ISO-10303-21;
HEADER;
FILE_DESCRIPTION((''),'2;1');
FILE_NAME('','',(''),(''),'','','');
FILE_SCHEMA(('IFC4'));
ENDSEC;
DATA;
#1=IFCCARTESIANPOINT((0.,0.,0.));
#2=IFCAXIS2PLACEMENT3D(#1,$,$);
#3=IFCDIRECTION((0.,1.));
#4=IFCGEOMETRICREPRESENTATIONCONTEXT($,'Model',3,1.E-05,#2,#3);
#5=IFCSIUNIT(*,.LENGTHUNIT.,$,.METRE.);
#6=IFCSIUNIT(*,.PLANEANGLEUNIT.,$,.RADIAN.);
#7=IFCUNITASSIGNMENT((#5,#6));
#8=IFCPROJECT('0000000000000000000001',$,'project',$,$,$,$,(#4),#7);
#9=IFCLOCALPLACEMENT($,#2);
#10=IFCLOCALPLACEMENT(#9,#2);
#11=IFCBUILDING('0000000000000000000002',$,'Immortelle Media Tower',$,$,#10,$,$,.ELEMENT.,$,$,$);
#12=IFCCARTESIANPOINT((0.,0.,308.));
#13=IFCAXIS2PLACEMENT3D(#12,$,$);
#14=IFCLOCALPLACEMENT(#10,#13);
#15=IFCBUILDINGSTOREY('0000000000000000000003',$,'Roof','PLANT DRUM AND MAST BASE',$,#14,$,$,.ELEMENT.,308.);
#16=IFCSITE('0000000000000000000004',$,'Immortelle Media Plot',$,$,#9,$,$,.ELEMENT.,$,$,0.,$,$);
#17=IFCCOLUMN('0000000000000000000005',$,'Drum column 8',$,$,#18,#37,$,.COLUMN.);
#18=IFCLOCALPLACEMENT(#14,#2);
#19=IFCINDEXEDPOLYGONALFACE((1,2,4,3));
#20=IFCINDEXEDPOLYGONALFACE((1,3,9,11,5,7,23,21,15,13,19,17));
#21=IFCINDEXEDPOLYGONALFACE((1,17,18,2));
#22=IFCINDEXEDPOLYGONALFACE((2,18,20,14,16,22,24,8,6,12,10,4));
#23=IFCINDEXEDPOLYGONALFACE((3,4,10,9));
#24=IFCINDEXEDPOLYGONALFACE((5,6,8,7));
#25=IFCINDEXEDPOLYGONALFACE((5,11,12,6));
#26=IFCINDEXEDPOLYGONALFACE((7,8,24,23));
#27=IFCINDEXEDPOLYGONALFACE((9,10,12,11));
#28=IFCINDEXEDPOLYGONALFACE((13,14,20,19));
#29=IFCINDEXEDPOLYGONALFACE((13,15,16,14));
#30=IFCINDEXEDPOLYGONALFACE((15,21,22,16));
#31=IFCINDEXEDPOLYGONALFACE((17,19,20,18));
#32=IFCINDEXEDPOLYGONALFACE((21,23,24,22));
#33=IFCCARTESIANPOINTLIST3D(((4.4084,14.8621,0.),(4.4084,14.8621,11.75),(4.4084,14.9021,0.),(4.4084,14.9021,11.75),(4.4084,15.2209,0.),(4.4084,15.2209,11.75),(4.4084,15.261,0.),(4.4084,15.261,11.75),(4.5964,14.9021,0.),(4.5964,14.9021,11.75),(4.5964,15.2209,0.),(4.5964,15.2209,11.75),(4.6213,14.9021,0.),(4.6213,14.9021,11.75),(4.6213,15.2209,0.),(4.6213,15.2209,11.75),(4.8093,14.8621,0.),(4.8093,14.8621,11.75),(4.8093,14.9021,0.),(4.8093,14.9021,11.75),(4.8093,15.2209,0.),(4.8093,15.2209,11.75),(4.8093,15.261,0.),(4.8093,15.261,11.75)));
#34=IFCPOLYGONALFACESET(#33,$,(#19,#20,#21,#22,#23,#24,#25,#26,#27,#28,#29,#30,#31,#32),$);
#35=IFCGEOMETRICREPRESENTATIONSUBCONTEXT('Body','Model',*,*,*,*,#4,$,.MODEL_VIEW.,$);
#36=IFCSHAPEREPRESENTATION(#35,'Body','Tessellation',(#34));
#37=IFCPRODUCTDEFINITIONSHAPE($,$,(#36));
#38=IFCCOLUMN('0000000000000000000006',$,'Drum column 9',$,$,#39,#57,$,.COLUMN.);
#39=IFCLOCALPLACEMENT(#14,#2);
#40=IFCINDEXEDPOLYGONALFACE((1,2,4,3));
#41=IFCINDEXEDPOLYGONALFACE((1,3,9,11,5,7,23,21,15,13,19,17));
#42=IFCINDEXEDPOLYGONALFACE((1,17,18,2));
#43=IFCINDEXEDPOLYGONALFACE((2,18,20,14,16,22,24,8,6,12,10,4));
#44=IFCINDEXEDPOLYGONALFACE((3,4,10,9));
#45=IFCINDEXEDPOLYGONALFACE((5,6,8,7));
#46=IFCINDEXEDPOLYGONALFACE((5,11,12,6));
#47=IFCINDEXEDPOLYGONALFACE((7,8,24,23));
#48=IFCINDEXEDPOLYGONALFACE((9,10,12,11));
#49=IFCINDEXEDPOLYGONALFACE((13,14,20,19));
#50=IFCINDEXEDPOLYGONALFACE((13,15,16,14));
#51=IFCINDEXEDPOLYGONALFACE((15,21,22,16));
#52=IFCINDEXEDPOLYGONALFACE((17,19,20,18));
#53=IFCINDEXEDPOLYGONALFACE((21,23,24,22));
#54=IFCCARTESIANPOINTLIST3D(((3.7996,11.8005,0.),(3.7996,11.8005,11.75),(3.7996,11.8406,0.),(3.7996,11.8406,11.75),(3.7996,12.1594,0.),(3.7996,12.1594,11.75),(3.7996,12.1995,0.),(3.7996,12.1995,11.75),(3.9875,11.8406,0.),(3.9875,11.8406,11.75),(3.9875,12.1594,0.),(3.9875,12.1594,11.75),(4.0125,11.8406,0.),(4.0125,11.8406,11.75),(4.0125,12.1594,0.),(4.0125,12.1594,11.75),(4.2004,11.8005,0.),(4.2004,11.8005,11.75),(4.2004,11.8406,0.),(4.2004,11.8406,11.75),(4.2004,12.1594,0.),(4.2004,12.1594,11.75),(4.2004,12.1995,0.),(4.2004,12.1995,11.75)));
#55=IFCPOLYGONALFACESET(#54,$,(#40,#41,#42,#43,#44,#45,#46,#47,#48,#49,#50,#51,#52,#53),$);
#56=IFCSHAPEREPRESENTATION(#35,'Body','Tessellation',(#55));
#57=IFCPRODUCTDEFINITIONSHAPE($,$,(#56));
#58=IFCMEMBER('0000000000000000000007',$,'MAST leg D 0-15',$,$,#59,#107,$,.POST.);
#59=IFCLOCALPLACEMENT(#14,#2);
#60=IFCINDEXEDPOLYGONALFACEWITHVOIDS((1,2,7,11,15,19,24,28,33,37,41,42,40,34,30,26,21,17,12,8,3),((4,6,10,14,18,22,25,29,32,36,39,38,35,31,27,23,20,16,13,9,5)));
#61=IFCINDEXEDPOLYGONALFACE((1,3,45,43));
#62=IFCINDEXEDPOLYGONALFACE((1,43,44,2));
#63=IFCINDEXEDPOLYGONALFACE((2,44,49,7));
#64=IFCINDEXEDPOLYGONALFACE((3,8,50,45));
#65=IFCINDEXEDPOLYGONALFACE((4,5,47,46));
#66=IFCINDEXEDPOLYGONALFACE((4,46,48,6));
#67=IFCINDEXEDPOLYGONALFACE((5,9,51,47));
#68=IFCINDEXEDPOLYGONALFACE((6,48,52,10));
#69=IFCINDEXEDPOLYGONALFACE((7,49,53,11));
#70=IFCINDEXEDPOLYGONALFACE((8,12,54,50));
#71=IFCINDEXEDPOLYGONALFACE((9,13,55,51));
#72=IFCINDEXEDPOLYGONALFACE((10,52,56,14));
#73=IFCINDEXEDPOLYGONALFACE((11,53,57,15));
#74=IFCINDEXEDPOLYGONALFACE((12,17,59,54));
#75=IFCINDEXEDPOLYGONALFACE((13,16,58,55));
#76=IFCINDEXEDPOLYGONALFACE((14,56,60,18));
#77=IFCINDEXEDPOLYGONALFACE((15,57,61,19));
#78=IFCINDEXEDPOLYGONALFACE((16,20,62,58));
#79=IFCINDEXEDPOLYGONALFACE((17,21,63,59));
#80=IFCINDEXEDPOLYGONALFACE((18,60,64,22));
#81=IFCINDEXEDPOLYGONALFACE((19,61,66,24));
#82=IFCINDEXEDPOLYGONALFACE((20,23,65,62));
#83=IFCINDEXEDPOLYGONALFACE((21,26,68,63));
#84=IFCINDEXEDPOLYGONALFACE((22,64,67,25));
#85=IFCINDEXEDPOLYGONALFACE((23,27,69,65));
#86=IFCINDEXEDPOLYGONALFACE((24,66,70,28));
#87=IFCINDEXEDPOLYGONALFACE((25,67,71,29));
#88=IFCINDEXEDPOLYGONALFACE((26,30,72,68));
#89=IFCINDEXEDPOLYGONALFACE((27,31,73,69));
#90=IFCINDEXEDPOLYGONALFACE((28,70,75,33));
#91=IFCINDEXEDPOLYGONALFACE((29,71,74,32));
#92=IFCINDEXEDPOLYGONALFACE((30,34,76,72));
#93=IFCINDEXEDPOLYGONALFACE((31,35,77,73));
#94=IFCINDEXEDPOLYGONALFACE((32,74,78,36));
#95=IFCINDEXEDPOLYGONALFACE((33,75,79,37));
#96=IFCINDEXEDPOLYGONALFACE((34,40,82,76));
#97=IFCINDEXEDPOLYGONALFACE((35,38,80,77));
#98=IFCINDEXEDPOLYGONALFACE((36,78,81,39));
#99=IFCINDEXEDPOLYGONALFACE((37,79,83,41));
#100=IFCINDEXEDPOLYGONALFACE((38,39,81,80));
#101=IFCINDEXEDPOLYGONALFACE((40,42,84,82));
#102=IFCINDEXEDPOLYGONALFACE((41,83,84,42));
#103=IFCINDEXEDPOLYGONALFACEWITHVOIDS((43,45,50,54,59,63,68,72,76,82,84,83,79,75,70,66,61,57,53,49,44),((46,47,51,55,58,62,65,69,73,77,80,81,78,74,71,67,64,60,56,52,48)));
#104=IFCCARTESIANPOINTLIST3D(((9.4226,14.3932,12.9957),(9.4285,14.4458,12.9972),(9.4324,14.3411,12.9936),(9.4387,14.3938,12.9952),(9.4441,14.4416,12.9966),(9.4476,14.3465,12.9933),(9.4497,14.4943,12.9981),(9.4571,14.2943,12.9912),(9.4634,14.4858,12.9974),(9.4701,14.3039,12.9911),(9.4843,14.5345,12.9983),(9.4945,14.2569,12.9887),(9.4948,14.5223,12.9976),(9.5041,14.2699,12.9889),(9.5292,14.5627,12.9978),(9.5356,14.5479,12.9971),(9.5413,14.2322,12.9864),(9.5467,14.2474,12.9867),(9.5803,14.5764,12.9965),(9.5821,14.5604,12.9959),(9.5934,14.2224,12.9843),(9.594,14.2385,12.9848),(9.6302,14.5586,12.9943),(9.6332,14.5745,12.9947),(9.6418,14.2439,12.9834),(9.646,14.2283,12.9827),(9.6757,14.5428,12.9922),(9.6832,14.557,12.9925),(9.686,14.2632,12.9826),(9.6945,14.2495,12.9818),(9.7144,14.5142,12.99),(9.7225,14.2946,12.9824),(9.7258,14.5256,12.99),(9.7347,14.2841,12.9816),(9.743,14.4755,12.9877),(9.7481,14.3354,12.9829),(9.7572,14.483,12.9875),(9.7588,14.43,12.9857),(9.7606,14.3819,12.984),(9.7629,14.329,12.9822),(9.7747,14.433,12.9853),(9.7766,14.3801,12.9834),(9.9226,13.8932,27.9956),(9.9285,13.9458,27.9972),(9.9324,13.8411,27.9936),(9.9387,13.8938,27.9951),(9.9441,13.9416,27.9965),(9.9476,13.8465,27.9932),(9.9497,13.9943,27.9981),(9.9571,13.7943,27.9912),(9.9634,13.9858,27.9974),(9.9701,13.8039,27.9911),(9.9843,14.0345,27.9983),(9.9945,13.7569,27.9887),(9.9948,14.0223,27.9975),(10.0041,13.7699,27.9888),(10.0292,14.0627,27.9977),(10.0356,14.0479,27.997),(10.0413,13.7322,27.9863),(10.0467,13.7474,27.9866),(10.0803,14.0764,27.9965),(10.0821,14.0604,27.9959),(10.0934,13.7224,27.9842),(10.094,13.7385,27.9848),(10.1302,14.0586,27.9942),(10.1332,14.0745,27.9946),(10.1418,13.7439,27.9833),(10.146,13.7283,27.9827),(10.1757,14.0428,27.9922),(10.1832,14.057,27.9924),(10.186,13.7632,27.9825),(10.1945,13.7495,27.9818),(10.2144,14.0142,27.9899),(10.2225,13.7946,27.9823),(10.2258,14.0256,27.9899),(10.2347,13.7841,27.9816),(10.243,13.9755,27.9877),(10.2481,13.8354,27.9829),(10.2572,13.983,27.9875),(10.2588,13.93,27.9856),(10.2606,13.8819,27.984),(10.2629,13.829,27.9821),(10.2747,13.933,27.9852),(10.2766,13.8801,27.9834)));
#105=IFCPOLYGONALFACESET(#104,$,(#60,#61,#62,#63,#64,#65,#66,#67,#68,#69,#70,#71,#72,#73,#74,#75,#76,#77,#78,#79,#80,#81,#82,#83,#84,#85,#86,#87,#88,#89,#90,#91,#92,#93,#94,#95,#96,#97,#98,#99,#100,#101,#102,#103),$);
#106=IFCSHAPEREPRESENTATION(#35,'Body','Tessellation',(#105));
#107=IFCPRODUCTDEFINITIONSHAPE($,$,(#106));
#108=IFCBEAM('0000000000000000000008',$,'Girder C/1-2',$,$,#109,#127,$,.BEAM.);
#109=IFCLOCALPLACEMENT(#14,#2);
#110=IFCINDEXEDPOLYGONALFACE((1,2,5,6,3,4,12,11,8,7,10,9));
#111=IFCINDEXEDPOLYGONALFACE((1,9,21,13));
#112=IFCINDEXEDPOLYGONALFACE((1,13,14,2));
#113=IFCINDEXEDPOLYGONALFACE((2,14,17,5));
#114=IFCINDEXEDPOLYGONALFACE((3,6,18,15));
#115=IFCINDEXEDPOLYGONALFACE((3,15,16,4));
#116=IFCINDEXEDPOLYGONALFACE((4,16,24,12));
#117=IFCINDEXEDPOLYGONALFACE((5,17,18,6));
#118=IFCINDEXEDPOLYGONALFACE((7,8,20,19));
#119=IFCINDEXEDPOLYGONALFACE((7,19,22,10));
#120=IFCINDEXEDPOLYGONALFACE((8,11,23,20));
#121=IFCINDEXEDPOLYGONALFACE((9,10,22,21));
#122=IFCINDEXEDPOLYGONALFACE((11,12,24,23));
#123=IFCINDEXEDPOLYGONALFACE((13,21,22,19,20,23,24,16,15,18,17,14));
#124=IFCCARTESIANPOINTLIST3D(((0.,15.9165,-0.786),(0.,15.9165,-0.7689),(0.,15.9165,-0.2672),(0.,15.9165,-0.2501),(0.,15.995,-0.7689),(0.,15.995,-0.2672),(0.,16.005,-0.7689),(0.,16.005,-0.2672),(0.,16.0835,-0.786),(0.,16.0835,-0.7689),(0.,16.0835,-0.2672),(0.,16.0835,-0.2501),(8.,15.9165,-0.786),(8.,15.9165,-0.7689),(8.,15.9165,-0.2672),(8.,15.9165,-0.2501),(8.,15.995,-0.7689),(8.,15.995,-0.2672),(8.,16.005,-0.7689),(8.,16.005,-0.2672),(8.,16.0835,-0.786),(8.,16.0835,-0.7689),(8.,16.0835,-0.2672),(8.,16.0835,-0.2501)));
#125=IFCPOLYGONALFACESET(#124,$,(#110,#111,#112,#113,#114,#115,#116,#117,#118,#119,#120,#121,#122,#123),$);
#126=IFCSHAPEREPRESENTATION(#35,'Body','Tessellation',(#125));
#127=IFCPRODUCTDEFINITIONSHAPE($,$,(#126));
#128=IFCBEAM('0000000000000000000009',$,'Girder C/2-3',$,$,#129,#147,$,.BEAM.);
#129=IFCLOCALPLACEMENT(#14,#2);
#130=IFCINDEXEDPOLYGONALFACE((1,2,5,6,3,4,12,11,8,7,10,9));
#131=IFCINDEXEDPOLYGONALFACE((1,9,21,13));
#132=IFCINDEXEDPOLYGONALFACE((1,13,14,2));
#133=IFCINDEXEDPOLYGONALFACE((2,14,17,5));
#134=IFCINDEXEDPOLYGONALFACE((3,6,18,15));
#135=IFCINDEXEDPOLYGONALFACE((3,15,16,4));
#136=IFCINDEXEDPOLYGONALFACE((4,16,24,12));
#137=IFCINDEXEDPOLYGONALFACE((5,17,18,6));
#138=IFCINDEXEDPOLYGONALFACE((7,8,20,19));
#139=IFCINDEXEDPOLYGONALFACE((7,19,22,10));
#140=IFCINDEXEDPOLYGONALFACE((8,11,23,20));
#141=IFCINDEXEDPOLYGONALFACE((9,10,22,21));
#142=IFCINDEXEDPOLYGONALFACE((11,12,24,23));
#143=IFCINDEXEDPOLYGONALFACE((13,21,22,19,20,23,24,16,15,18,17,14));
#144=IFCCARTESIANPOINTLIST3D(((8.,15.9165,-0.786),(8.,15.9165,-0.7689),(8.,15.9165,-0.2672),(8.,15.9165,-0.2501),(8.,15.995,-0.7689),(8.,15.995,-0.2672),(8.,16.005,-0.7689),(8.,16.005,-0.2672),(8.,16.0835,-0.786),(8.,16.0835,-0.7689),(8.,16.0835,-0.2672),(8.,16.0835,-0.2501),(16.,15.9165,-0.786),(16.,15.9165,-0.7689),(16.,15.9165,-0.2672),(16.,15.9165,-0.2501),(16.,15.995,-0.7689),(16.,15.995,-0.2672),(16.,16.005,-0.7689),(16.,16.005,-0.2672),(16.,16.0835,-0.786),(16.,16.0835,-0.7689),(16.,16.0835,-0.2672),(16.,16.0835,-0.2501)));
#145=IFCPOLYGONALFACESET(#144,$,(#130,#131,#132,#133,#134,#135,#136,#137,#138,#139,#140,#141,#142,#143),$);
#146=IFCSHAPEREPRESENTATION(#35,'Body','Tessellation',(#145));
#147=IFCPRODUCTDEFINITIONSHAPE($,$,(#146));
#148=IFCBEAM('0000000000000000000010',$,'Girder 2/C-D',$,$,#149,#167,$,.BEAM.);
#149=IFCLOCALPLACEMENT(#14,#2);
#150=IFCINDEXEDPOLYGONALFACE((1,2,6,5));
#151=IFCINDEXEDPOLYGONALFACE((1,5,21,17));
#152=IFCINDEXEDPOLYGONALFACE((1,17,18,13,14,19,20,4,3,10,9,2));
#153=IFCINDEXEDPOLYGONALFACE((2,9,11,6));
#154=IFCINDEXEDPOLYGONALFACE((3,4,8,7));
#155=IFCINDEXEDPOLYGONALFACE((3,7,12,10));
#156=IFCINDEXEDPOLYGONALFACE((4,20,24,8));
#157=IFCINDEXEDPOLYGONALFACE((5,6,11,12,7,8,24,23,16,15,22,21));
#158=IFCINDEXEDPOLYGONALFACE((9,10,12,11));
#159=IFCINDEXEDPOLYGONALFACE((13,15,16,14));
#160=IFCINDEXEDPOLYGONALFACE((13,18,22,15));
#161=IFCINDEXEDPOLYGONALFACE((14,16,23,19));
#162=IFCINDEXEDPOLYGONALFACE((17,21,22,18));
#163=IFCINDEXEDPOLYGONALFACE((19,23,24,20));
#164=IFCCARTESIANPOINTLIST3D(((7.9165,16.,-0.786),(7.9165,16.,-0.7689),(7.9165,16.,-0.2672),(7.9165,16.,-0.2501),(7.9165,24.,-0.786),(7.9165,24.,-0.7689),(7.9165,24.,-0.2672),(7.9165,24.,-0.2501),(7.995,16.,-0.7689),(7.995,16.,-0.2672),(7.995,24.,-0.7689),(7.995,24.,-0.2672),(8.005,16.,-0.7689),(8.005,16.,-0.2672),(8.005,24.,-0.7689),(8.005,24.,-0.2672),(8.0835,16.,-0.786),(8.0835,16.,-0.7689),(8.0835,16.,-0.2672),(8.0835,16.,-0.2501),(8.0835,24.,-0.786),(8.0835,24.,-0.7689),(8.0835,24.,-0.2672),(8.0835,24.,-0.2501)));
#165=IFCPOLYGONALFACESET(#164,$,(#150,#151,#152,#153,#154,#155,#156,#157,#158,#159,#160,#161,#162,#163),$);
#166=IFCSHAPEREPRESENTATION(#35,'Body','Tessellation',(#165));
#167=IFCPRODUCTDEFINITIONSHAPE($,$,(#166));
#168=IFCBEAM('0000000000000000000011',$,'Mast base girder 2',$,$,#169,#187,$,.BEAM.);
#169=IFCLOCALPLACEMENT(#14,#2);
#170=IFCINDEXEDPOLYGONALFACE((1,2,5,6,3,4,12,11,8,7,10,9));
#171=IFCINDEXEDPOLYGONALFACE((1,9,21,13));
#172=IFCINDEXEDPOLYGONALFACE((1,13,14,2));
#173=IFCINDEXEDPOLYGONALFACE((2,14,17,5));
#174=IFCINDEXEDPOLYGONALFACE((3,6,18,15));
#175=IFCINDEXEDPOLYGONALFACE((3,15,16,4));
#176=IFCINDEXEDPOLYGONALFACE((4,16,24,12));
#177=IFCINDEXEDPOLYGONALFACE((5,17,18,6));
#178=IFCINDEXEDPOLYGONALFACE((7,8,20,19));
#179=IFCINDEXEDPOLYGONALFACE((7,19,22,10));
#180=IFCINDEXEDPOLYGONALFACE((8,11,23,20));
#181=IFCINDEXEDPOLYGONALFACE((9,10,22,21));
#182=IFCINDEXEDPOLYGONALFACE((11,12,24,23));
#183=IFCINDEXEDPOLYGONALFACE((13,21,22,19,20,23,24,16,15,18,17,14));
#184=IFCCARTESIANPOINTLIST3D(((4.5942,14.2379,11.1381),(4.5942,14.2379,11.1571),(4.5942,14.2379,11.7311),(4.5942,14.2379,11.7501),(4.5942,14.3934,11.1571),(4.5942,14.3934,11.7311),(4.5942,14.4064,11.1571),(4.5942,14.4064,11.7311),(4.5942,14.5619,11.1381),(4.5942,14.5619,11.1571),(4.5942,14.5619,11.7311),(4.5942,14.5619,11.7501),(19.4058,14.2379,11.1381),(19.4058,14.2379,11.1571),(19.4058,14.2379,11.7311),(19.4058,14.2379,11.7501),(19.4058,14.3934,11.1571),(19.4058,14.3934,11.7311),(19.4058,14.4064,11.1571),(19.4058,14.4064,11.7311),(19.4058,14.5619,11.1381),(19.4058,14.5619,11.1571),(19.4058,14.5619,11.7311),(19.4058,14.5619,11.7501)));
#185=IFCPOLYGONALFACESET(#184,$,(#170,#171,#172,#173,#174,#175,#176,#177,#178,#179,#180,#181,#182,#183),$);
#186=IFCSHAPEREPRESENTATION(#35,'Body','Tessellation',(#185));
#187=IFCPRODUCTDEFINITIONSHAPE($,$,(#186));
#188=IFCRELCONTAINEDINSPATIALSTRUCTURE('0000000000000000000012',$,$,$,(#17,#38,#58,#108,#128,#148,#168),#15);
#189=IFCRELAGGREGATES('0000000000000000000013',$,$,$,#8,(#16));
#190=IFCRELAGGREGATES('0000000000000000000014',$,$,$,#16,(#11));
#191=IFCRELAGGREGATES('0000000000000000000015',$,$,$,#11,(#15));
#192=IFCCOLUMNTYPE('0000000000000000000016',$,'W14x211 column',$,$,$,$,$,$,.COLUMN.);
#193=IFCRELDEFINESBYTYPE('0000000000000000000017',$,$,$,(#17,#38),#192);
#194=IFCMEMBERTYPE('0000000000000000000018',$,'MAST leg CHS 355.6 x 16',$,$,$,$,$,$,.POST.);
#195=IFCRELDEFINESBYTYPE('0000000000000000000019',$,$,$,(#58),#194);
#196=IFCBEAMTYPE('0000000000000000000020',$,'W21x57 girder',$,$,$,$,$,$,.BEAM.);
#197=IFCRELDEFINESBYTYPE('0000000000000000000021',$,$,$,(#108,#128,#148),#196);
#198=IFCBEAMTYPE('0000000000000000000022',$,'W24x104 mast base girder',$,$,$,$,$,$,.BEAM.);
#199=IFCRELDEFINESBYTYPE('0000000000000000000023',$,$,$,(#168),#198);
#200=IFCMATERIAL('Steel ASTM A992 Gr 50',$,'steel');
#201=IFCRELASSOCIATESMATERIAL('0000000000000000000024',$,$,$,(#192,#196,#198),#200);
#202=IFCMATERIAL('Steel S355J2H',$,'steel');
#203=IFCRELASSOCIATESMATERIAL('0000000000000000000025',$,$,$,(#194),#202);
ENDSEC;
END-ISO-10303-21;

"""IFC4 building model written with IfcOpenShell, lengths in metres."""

from ifc_helpers import new_model, si_unit, direction, frame, origin, origin_2d, place, context, subcontext, project, spatial, hollow_circle, i_section, extrude, material, material_profile, profile_set, type_object, element, save


model = new_model("IFC4")

# Units and contexts
model_context = context("Model", 3, precision=1e-05, world=origin(), true_north=direction((0.0, 1.0)))
body_context = subcontext(model_context, "Body", "Model", "MODEL_VIEW")
ifc_project = project(units=[si_unit("LENGTHUNIT", "METRE"), si_unit("PLANEANGLEUNIT", "RADIAN")], contexts=[model_context])

# Site, building, storey
site_placement = place(None, origin())
site = spatial("IfcSite", under=ifc_project, at=site_placement, Name="Immortelle Media Plot", CompositionType="ELEMENT", RefElevation=0.0)
building_placement = place(site_placement, origin())
building = spatial("IfcBuilding", under=site, at=building_placement, Name="Immortelle Media Tower", CompositionType="ELEMENT")
storey_placement = place(building_placement, frame((0.0, 0.0, 308.0)))
storey = spatial("IfcBuildingStorey", under=building, at=storey_placement, Name="Roof", Description="PLANT DRUM AND MAST BASE", CompositionType="ELEMENT", Elevation=308.0)

# Columns
ifc_material_1 = material(Name="Steel ASTM A992 Gr 50", Category="steel")
ifc_material_profile_1 = material_profile(ifc_material_1, i_section(OverallWidth=0.4009, OverallDepth=0.3989, WebThickness=0.0249, FlangeThickness=0.04, at=origin_2d()), Name="W14x211")
ifc_profile_set_1 = profile_set([ifc_material_profile_1], Name="Steel ASTM A992 Gr 50")
column_type = type_object("IfcColumnType", Name="W14x211 column", PredefinedType="COLUMN", material=ifc_profile_set_1)
for number, where, z_axis, x_axis, name in (
    (1, (4.6089, 15.0615, 0.0), (0.0, 0.0, 1.0), (1.0, 0.0, 0.0), "Drum column 8"),
    (2, (4.0, 12.0, 0.0), (0.0, 0.0, 1.0), (1.0, 0.0, 0.0), "Drum column 9"),
):
    element("IfcColumn", number, at=place(storey_placement, frame(where, z_axis=z_axis, x_axis=x_axis)), inside=storey, type_object=column_type, Name=name, PredefinedType="COLUMN", context=body_context, shape_type="SweptSolid", body=[
        extrude(i_section(OverallWidth=0.4009, OverallDepth=0.3989, WebThickness=0.0249, FlangeThickness=0.04, at=origin_2d()), origin(), (0.0, 0.0, 1.0), 11.75),
    ])

# Member
ifc_material_2 = material(Name="Steel S355J2H", Category="steel")
ifc_material_profile_2 = material_profile(ifc_material_2, hollow_circle(Radius=0.1777, WallThickness=0.0161, at=origin_2d()), Name="CHS 355.6 x 16")
ifc_profile_set_2 = profile_set([ifc_material_profile_2], Name="Steel S355J2H")
member_type = type_object("IfcMemberType", Name="MAST leg CHS 355.6 x 16", PredefinedType="POST", material=ifc_profile_set_2)
member_placement = place(storey_placement, frame((9.6001, 14.3999, 12.99), z_axis=(0.033296, -0.033296, 0.998891), x_axis=(0.707107, 0.707107, 0.0)))
element("IfcMember", 3, at=member_placement, inside=storey, type_object=member_type, Name="MAST leg D 0-15", PredefinedType="POST", context=body_context, shape_type="SweptSolid", body=[
    extrude(hollow_circle(Radius=0.1777, WallThickness=0.0161, at=origin_2d()), origin(), (0.0, 0.0, 1.0), 15.0166),
])

# Beams
ifc_material_profile_3 = material_profile(ifc_material_1, i_section(OverallWidth=0.167, OverallDepth=0.5359, WebThickness=0.01, FlangeThickness=0.0171, at=origin_2d()), Name="W21x57")
ifc_profile_set_3 = profile_set([ifc_material_profile_3], Name="Steel ASTM A992 Gr 50")
beam_type_1 = type_object("IfcBeamType", Name="W21x57 girder", PredefinedType="BEAM", material=ifc_profile_set_3)
for number, where, z_axis, x_axis, name in (
    (4, (0.0, 16.0, -0.5181), (1.0, 0.0, 0.0), (0.0, 1.0, 0.0), "Girder C/1-2"),
    (5, (8.0, 16.0, -0.5181), (1.0, 0.0, 0.0), (0.0, 1.0, 0.0), "Girder C/2-3"),
    (6, (8.0, 16.0, -0.5181), (0.0, 1.0, 0.0), (-1.0, 0.0, 0.0), "Girder 2/C-D"),
):
    element("IfcBeam", number, at=place(storey_placement, frame(where, z_axis=z_axis, x_axis=x_axis)), inside=storey, type_object=beam_type_1, Name=name, PredefinedType="BEAM", context=body_context, shape_type="SweptSolid", body=[
        extrude(i_section(OverallWidth=0.167, OverallDepth=0.5359, WebThickness=0.01, FlangeThickness=0.0171, at=origin_2d()), origin(), (0.0, 0.0, 1.0), 8.0),
    ])
ifc_material_profile_4 = material_profile(ifc_material_1, i_section(OverallWidth=0.324, OverallDepth=0.6121, WebThickness=0.0129, FlangeThickness=0.019, at=origin_2d()), Name="W24x104")
ifc_profile_set_4 = profile_set([ifc_material_profile_4], Name="Steel ASTM A992 Gr 50")
beam_type_2 = type_object("IfcBeamType", Name="W24x104 mast base girder", PredefinedType="BEAM", material=ifc_profile_set_4)
beam_1_placement = place(storey_placement, frame((4.5942, 14.3999, 11.4441), z_axis=(1.0, 0.0, 0.0), x_axis=(0.0, 1.0, 0.0)))
element("IfcBeam", 7, at=beam_1_placement, inside=storey, type_object=beam_type_2, Name="Mast base girder 2", PredefinedType="BEAM", context=body_context, shape_type="SweptSolid", body=[
    extrude(i_section(OverallWidth=0.324, OverallDepth=0.6121, WebThickness=0.0129, FlangeThickness=0.019, at=origin_2d()), origin(), (0.0, 0.0, 1.0), 14.8115),
])

save(model, "model.ifc")
